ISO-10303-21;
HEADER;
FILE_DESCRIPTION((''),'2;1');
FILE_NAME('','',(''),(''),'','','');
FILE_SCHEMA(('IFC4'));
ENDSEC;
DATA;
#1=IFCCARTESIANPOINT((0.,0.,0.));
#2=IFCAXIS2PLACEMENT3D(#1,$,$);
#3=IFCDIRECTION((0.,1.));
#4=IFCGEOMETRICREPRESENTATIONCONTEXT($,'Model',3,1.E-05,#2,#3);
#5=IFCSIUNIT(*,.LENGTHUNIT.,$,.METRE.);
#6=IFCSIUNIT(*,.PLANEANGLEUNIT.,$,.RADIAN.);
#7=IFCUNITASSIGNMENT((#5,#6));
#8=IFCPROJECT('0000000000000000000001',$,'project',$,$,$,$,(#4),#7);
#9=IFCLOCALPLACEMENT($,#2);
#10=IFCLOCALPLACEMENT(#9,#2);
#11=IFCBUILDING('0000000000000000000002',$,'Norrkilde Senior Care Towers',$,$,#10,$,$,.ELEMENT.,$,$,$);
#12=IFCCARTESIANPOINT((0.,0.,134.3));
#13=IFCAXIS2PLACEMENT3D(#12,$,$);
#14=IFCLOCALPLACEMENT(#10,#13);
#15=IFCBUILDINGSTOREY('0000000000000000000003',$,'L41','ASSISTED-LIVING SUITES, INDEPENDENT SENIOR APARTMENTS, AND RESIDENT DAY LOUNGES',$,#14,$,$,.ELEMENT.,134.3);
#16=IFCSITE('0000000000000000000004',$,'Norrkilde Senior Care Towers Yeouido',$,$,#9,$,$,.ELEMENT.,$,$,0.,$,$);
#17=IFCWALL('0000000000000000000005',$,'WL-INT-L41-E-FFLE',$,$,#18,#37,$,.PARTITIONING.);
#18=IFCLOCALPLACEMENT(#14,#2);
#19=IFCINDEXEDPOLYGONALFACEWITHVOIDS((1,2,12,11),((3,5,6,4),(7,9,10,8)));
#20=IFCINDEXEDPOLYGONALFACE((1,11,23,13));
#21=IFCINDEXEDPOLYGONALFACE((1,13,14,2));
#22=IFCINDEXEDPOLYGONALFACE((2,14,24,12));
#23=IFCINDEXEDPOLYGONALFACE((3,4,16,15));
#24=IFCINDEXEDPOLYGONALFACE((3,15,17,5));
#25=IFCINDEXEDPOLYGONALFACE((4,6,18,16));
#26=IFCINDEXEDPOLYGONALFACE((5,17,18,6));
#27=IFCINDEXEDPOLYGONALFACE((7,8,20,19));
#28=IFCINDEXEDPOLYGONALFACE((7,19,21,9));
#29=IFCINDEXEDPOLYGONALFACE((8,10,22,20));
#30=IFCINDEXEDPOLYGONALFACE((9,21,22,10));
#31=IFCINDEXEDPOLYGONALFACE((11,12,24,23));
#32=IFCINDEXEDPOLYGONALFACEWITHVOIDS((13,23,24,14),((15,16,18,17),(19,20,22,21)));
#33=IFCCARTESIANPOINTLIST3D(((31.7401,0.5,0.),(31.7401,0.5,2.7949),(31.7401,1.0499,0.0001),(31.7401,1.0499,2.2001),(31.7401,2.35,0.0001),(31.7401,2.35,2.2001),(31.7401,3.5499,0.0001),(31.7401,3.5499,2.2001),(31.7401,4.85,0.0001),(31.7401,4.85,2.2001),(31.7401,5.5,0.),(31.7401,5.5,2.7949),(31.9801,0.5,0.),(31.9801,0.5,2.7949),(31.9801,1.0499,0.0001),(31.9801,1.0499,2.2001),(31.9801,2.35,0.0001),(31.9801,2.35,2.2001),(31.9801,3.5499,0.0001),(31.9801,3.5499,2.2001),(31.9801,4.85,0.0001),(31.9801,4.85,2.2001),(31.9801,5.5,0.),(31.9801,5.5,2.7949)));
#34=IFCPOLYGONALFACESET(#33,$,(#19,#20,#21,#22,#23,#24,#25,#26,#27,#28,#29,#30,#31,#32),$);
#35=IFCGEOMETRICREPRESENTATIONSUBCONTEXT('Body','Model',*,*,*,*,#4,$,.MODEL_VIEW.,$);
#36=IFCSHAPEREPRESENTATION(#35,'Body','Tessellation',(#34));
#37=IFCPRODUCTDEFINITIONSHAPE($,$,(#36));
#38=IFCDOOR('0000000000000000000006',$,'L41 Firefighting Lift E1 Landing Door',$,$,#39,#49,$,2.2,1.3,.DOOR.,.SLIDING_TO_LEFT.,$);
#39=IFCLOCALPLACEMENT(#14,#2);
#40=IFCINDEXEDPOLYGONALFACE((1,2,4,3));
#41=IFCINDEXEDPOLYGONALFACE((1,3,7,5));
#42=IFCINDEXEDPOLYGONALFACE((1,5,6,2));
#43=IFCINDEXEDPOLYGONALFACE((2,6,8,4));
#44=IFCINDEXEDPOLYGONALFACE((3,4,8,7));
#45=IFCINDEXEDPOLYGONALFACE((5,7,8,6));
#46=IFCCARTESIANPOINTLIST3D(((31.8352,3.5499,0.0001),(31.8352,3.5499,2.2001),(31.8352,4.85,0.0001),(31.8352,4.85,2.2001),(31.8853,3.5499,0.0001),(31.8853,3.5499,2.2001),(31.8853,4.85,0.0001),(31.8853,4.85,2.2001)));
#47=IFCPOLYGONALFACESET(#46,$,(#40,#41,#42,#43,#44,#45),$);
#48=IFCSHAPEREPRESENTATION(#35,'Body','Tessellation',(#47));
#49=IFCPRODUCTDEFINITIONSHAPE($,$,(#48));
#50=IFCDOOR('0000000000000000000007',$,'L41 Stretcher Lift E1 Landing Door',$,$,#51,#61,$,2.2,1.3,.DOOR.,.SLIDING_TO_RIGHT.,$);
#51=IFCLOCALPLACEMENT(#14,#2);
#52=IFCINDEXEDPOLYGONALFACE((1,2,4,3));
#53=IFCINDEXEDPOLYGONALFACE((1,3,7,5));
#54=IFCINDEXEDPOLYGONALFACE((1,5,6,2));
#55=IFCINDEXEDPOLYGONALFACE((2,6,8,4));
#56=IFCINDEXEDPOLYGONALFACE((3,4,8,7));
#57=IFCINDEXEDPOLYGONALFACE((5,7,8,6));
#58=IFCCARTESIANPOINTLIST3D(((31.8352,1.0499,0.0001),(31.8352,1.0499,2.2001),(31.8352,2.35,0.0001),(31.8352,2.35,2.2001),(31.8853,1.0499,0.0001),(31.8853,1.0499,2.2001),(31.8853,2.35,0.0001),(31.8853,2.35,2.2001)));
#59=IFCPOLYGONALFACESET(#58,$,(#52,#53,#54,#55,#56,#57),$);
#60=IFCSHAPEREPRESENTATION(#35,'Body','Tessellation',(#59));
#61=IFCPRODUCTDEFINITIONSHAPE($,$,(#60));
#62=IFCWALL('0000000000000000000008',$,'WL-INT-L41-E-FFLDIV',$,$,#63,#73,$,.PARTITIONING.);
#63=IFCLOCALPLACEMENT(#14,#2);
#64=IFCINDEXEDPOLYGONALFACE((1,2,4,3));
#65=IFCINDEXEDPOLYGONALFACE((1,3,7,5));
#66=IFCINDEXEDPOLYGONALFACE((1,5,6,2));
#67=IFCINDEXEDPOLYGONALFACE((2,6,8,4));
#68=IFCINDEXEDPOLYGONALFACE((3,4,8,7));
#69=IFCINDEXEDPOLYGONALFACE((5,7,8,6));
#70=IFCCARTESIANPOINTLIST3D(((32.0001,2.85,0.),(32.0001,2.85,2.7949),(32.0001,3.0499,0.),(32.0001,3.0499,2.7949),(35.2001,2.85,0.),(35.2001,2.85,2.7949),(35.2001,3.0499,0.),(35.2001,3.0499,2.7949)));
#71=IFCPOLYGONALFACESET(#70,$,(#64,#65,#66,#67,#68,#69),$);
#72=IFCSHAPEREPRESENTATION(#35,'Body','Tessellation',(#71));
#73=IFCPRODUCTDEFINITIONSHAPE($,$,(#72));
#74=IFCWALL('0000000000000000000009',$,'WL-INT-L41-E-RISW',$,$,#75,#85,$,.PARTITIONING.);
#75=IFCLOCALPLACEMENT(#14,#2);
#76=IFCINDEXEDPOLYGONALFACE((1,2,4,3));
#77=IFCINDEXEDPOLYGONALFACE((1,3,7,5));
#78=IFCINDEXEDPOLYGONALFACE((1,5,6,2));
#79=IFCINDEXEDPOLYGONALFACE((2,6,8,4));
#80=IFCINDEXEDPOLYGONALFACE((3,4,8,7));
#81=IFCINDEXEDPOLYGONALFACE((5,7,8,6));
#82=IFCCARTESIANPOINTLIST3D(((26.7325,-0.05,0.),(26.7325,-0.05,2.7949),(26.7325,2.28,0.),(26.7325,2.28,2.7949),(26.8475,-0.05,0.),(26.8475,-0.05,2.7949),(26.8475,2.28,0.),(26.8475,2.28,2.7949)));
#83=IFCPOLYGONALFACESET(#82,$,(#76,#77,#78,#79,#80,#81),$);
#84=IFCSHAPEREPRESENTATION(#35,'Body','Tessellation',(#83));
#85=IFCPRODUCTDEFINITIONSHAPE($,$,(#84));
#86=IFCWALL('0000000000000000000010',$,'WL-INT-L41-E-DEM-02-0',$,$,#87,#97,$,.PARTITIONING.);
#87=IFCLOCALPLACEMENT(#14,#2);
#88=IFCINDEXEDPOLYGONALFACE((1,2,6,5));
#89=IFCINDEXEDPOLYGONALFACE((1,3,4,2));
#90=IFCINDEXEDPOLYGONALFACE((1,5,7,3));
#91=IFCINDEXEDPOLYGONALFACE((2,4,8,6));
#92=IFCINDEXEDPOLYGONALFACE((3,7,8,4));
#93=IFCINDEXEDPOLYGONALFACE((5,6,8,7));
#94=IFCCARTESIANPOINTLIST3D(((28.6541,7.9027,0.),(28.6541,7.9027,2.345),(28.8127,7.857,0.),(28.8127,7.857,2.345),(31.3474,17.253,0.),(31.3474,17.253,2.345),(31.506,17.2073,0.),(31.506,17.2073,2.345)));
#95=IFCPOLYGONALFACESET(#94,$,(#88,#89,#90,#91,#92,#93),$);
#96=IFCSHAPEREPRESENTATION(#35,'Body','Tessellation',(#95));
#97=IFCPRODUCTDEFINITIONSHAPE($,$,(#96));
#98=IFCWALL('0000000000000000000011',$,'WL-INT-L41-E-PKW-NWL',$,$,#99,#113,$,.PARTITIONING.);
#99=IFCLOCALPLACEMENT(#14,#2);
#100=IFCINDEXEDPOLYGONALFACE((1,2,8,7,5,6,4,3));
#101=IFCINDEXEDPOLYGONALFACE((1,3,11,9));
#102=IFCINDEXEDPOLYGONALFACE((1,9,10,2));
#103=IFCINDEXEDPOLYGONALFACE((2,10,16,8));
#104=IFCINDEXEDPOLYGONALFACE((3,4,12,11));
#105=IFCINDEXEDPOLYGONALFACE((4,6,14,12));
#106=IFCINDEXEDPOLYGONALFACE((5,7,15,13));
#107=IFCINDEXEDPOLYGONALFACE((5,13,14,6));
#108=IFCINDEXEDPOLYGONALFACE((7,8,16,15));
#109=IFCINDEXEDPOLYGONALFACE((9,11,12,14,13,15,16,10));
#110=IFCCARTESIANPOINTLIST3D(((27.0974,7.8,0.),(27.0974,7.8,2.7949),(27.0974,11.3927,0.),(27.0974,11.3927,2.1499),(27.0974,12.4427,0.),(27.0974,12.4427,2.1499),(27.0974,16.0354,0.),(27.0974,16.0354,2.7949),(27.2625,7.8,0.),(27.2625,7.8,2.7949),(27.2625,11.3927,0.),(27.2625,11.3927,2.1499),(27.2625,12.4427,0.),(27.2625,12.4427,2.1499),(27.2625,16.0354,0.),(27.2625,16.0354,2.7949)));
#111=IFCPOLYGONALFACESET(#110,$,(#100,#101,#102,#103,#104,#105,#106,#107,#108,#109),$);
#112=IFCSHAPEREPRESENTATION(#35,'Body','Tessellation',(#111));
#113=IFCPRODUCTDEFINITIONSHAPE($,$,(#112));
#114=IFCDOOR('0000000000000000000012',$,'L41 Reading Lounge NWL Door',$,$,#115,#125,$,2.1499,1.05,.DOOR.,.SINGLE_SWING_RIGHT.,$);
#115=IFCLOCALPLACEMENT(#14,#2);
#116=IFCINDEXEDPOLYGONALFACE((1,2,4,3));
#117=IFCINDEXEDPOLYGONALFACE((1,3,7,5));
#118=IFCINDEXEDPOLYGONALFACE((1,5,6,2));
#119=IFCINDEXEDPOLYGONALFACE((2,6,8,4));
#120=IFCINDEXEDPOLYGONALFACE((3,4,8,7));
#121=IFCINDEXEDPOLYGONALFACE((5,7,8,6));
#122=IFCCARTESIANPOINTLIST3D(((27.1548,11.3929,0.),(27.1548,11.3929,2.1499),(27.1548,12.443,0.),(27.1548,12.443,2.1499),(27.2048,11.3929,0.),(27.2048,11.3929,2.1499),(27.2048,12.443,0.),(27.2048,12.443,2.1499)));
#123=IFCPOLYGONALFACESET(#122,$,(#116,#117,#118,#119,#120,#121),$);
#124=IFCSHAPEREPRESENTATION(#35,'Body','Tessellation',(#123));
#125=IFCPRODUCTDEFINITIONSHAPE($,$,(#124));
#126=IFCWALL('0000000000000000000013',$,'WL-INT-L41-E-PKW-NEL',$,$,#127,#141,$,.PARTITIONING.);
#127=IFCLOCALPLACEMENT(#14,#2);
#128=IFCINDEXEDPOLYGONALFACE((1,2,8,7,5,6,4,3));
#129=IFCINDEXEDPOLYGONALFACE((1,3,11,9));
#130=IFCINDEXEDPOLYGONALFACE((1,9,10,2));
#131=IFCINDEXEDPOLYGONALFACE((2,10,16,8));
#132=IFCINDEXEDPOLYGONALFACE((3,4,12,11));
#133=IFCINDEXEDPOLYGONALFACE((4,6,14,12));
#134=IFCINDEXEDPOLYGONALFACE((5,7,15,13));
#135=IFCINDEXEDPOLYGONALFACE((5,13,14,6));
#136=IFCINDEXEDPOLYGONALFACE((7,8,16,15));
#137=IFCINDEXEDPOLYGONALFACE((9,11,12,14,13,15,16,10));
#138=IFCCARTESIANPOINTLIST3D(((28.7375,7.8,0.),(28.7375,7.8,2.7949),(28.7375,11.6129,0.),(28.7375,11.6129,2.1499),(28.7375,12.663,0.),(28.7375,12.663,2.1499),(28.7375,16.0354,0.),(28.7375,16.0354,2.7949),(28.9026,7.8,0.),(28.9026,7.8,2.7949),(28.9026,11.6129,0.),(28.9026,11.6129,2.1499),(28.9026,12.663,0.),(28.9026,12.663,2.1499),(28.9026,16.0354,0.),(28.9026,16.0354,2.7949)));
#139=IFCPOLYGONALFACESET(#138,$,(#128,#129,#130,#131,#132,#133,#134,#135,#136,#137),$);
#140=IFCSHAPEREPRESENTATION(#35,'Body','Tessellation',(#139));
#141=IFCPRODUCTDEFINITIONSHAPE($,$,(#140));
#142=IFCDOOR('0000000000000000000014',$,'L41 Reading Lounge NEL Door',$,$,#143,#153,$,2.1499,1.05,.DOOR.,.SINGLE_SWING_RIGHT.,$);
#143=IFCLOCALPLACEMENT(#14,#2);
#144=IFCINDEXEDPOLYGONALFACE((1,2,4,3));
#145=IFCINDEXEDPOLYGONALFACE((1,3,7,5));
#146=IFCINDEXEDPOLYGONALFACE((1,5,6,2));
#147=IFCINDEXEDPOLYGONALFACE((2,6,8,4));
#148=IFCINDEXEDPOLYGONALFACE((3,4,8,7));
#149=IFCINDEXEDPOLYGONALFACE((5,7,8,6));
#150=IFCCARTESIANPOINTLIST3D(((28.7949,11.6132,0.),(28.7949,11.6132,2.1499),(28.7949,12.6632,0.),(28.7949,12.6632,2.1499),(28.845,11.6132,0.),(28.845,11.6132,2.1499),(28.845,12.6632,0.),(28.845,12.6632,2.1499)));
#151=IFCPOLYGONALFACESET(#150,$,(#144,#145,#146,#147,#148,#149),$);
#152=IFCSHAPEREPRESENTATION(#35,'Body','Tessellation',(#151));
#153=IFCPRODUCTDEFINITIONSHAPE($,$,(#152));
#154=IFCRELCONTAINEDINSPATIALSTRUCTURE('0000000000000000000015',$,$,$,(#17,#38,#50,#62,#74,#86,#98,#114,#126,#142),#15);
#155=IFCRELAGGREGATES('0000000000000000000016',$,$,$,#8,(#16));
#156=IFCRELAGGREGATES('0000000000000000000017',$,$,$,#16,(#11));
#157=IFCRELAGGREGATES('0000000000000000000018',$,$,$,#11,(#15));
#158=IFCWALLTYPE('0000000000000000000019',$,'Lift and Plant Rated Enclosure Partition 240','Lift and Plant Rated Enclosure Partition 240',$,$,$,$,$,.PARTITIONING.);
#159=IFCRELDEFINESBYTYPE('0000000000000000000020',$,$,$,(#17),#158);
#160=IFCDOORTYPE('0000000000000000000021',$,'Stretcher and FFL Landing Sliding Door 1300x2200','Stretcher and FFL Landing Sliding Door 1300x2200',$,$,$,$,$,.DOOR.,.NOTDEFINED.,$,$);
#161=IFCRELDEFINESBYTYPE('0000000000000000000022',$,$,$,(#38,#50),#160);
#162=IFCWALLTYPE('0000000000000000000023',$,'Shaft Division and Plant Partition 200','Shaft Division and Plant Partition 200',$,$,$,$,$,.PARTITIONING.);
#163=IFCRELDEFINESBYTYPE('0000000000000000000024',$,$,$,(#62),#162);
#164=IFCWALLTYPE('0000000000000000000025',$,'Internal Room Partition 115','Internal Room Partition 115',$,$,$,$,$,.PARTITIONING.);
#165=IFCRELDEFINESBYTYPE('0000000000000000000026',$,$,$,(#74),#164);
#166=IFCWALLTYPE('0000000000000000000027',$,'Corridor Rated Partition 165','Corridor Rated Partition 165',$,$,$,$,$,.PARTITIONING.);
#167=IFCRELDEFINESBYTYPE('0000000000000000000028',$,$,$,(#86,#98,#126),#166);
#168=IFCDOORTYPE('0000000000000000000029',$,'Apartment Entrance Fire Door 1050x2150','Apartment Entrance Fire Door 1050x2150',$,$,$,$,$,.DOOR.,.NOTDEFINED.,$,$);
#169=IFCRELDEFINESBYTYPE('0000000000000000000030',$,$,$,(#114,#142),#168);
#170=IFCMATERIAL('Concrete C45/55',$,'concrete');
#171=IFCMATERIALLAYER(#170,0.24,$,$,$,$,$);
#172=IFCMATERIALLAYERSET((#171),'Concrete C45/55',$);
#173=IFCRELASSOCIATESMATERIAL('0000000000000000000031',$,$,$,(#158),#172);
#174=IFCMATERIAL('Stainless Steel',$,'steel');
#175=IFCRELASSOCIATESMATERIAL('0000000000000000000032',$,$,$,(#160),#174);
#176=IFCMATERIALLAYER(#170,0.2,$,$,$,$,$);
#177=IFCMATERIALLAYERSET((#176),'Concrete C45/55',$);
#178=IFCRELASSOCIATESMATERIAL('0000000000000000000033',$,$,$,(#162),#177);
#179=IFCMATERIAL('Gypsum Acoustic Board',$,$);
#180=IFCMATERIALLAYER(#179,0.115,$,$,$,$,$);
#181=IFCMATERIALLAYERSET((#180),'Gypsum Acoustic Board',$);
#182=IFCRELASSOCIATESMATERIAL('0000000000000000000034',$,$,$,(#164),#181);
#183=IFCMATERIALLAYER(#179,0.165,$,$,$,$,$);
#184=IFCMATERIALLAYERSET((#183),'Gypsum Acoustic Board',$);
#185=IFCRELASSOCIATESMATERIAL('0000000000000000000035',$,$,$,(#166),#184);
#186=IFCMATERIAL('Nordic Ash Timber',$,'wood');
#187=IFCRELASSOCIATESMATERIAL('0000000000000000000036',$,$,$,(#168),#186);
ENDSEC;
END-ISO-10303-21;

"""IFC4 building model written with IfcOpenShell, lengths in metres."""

from ifc_helpers import new_model, si_unit, direction, frame, frame_2d, origin, place, context, subcontext, project, spatial, rectangle, extrude, source, transform, mapped, material, layer, layer_set, type_object, type_shapes, element, fill, save


model = new_model("IFC4")

# Units and contexts
model_context = context("Model", 3, precision=1e-05, world=origin(), true_north=direction((0.0, 1.0)))
body_context = subcontext(model_context, "Body", "Model", "MODEL_VIEW")
ifc_project = project(units=[si_unit("LENGTHUNIT", "METRE"), si_unit("PLANEANGLEUNIT", "RADIAN")], contexts=[model_context])

# Site, building, storey
site_placement = place(None, origin())
site = spatial("IfcSite", under=ifc_project, at=site_placement, Name="Norrkilde Senior Care Towers Yeouido", CompositionType="ELEMENT", RefElevation=0.0)
building_placement = place(site_placement, origin())
building = spatial("IfcBuilding", under=site, at=building_placement, Name="Norrkilde Senior Care Towers", CompositionType="ELEMENT")
storey_placement = place(building_placement, frame((0.0, 0.0, 134.3)))
storey = spatial("IfcBuildingStorey", under=building, at=storey_placement, Name="L41", Description="ASSISTED-LIVING SUITES, INDEPENDENT SENIOR APARTMENTS, AND RESIDENT DAY LOUNGES", CompositionType="ELEMENT", Elevation=134.3)

# Shared definitions
ifc_material_1 = material(Name="Concrete C45/55", Category="concrete")

# Wall, openings, doors
ifc_layer_1 = layer(ifc_material_1, 0.24)
ifc_layer_set_1 = layer_set([ifc_layer_1], Name="Concrete C45/55")
wall_type_1 = type_object("IfcWallType", Name="Lift and Plant Rated Enclosure Partition 240", Description="Lift and Plant Rated Enclosure Partition 240", PredefinedType="PARTITIONING", material=ifc_layer_set_1)
shared_shape_1 = source(origin(), body_context, "Body", "SweptSolid", [
    extrude(rectangle(XDim=5.0, YDim=0.24, at=frame_2d((2.5, 0.0))), origin(), (0.0, 0.0, 1.0), 2.7949),
])
type_shapes(wall_type_1, [shared_shape_1])
wall_1_placement = place(storey_placement, frame((31.8601, 0.5, 0.0), z_axis=(0.0, 0.0, 1.0), x_axis=(0.0, 1.0, 0.0)))
wall_1 = element("IfcWall", 1, at=wall_1_placement, inside=storey, type_object=wall_type_1, Name="WL-INT-L41-E-FFLE", PredefinedType="PARTITIONING", context=body_context, shape_type="MappedRepresentation", body=[
    mapped(shared_shape_1, transform((0.0, 0.0, 0.0), x_axis=(1.0, 0.0, 0.0), y_axis=(0.0, 1.0, 0.0), z_axis=(0.0, 0.0, 1.0), scale=1.0)),
])
opening_1_placement = place(wall_1_placement, frame((3.05, 0.0, 0.0)))
opening_1 = element("IfcOpeningElement", 2, at=opening_1_placement, cuts=wall_1, PredefinedType="OPENING", context=body_context, shape_type="SweptSolid", body=[
    extrude(rectangle(XDim=1.3, YDim=2.2, at=frame_2d((0.6499, 1.1001))), frame((0.0, 0.1299, 0.0), z_axis=(0.0, -1.0, 0.0), x_axis=(1.0, 0.0, 0.0)), (0.0, 0.0, 1.0), 0.26),
])
opening_2_placement = place(wall_1_placement, frame((0.55, 0.0, 0.0)))
opening_2 = element("IfcOpeningElement", 3, at=opening_2_placement, cuts=wall_1, PredefinedType="OPENING", context=body_context, shape_type="SweptSolid", body=[
    extrude(rectangle(XDim=1.3, YDim=2.2, at=frame_2d((0.6499, 1.1001))), frame((0.0, 0.1299, 0.0), z_axis=(0.0, -1.0, 0.0), x_axis=(1.0, 0.0, 0.0)), (0.0, 0.0, 1.0), 0.26),
])
ifc_material_2 = material(Name="Stainless Steel", Category="steel")
door_type_1 = type_object("IfcDoorType", Name="Stretcher and FFL Landing Sliding Door 1300x2200", Description="Stretcher and FFL Landing Sliding Door 1300x2200", OperationType="NOTDEFINED", PredefinedType="DOOR", material=ifc_material_2)
shared_shape_2 = source(origin(), body_context, "Body", "SweptSolid", [
    extrude(rectangle(XDim=1.3, YDim=2.2, at=frame_2d((0.6499, 1.1001))), frame((0.0, 0.0249, 0.0), z_axis=(0.0, -1.0, 0.0), x_axis=(1.0, 0.0, 0.0)), (0.0, 0.0, 1.0), 0.05),
])
type_shapes(door_type_1, [shared_shape_2])
door_1_placement = place(opening_1_placement, origin())
door_1 = element("IfcDoor", 4, at=door_1_placement, inside=storey, type_object=door_type_1, Name="L41 Firefighting Lift E1 Landing Door", OperationType="SLIDING_TO_LEFT", OverallHeight=2.2, OverallWidth=1.3, PredefinedType="DOOR", context=body_context, shape_type="MappedRepresentation", body=[
    mapped(shared_shape_2, transform((0.0, 0.0, 0.0), x_axis=(1.0, 0.0, 0.0), y_axis=(0.0, 1.0, 0.0), z_axis=(0.0, 0.0, 1.0), scale=1.0)),
])
fill(opening_1, door_1)
door_2_placement = place(opening_2_placement, origin())
door_2 = element("IfcDoor", 5, at=door_2_placement, inside=storey, type_object=door_type_1, Name="L41 Stretcher Lift E1 Landing Door", OperationType="SLIDING_TO_RIGHT", OverallHeight=2.2, OverallWidth=1.3, PredefinedType="DOOR", context=body_context, shape_type="MappedRepresentation", body=[
    mapped(shared_shape_2, transform((0.0, 0.0, 0.0), x_axis=(1.0, 0.0, 0.0), y_axis=(0.0, 1.0, 0.0), z_axis=(0.0, 0.0, 1.0), scale=1.0)),
])
fill(opening_2, door_2)

# Wall
ifc_layer_2 = layer(ifc_material_1, 0.2)
ifc_layer_set_2 = layer_set([ifc_layer_2], Name="Concrete C45/55")
wall_type_2 = type_object("IfcWallType", Name="Shaft Division and Plant Partition 200", Description="Shaft Division and Plant Partition 200", PredefinedType="PARTITIONING", material=ifc_layer_set_2)
shared_shape_3 = source(origin(), body_context, "Body", "SweptSolid", [
    extrude(rectangle(XDim=3.2, YDim=0.2, at=frame_2d((1.6001, 0.0))), origin(), (0.0, 0.0, 1.0), 2.7949),
])
type_shapes(wall_type_2, [shared_shape_3])
wall_2_placement = place(storey_placement, frame((32.0, 2.95, 0.0), z_axis=(0.0, 0.0, 1.0), x_axis=(1.0, 0.0, 0.0)))
element("IfcWall", 6, at=wall_2_placement, inside=storey, type_object=wall_type_2, Name="WL-INT-L41-E-FFLDIV", PredefinedType="PARTITIONING", context=body_context, shape_type="MappedRepresentation", body=[
    mapped(shared_shape_3, transform((0.0, 0.0, 0.0), x_axis=(1.0, 0.0, 0.0), y_axis=(0.0, 1.0, 0.0), z_axis=(0.0, 0.0, 1.0), scale=1.0)),
])

# Walls
ifc_material_3 = material(Name="Gypsum Acoustic Board")
ifc_layer_3 = layer(ifc_material_3, 0.115)
ifc_layer_set_3 = layer_set([ifc_layer_3], Name="Gypsum Acoustic Board")
wall_type_3 = type_object("IfcWallType", Name="Internal Room Partition 115", Description="Internal Room Partition 115", PredefinedType="PARTITIONING", material=ifc_layer_set_3)
shared_shape_4 = source(origin(), body_context, "Body", "SweptSolid", [
    extrude(rectangle(XDim=2.3301, YDim=0.115, at=frame_2d((1.165, 0.0))), origin(), (0.0, 0.0, 1.0), 2.7949),
])
type_shapes(wall_type_3, [shared_shape_4])
wall_3_placement = place(storey_placement, frame((26.79, -0.05, 0.0), z_axis=(0.0, 0.0, 1.0), x_axis=(0.0, 1.0, 0.0)))
element("IfcWall", 7, at=wall_3_placement, inside=storey, type_object=wall_type_3, Name="WL-INT-L41-E-RISW", PredefinedType="PARTITIONING", context=body_context, shape_type="MappedRepresentation", body=[
    mapped(shared_shape_4, transform((0.0, 0.0, 0.0), x_axis=(1.0, 0.0, 0.0), y_axis=(0.0, 1.0, 0.0), z_axis=(0.0, 0.0, 1.0), scale=1.0)),
])
ifc_layer_4 = layer(ifc_material_3, 0.165)
ifc_layer_set_4 = layer_set([ifc_layer_4], Name="Gypsum Acoustic Board")
wall_type_4 = type_object("IfcWallType", Name="Corridor Rated Partition 165", Description="Corridor Rated Partition 165", PredefinedType="PARTITIONING", material=ifc_layer_set_4)
shared_shape_5 = source(origin(), body_context, "Body", "SweptSolid", [
    extrude(rectangle(XDim=9.7305, YDim=0.165, at=frame_2d((4.8652, 0.0))), origin(), (0.0, 0.0, 1.0), 2.345),
])
wall_4_placement = place(storey_placement, frame((28.7334, 7.8799, 0.0), z_axis=(0.0, 0.0, 1.0), x_axis=(0.276795, 0.960929, 0.0)))
element("IfcWall", 8, at=wall_4_placement, inside=storey, type_object=wall_type_4, Name="WL-INT-L41-E-DEM-02-0", PredefinedType="PARTITIONING", context=body_context, shape_type="MappedRepresentation", body=[
    mapped(shared_shape_5, transform((0.0, 0.0, 0.0), x_axis=(1.0, 0.0, 0.0), y_axis=(0.0, 1.0, 0.0), z_axis=(0.0, 0.0, 1.0), scale=1.0)),
])

# Walls, openings, doors
shared_shape_6 = source(origin(), body_context, "Body", "SweptSolid", [
    extrude(rectangle(XDim=8.2354, YDim=0.165, at=frame_2d((4.1177, 0.0))), origin(), (0.0, 0.0, 1.0), 2.7949),
])
wall_5_placement = place(storey_placement, frame((27.1799, 7.8, 0.0), z_axis=(0.0, 0.0, 1.0), x_axis=(0.0, 1.0, 0.0)))
wall_5 = element("IfcWall", 9, at=wall_5_placement, inside=storey, type_object=wall_type_4, Name="WL-INT-L41-E-PKW-NWL", PredefinedType="PARTITIONING", context=body_context, shape_type="MappedRepresentation", body=[
    mapped(shared_shape_6, transform((0.0, 0.0, 0.0), x_axis=(1.0, 0.0, 0.0), y_axis=(0.0, 1.0, 0.0), z_axis=(0.0, 0.0, 1.0), scale=1.0)),
])
opening_3_placement = place(wall_5_placement, frame((3.5928, 0.0, 0.0)))
opening_3 = element("IfcOpeningElement", 10, at=opening_3_placement, cuts=wall_5, PredefinedType="OPENING", context=body_context, shape_type="SweptSolid", body=[
    extrude(rectangle(XDim=1.05, YDim=2.1499, at=frame_2d((0.5249, 1.075))), frame((0.0, 0.0925, 0.0), z_axis=(0.0, -1.0, 0.0), x_axis=(1.0, 0.0, 0.0)), (0.0, 0.0, 1.0), 0.1851),
])
ifc_material_4 = material(Name="Nordic Ash Timber", Category="wood")
door_type_2 = type_object("IfcDoorType", Name="Apartment Entrance Fire Door 1050x2150", Description="Apartment Entrance Fire Door 1050x2150", OperationType="NOTDEFINED", PredefinedType="DOOR", material=ifc_material_4)
shared_shape_7 = source(origin(), body_context, "Body", "SweptSolid", [
    extrude(rectangle(XDim=1.05, YDim=2.1499, at=frame_2d((0.5249, 1.075))), frame((0.0, 0.0249, 0.0), z_axis=(0.0, -1.0, 0.0), x_axis=(1.0, 0.0, 0.0)), (0.0, 0.0, 1.0), 0.05),
])
type_shapes(door_type_2, [shared_shape_7])
door_3_placement = place(opening_3_placement, frame((1.05, 0.0, 0.0), z_axis=(0.0, 0.0, 1.0), x_axis=(-1.0, 0.0, 0.0)))
door_3 = element("IfcDoor", 11, at=door_3_placement, inside=storey, type_object=door_type_2, Name="L41 Reading Lounge NWL Door", OperationType="SINGLE_SWING_RIGHT", OverallHeight=2.1499, OverallWidth=1.05, PredefinedType="DOOR", context=body_context, shape_type="MappedRepresentation", body=[
    mapped(shared_shape_7, transform((0.0, 0.0, 0.0), x_axis=(1.0, 0.0, 0.0), y_axis=(0.0, 1.0, 0.0), z_axis=(0.0, 0.0, 1.0), scale=1.0)),
])
fill(opening_3, door_3)
wall_6_placement = place(storey_placement, frame((28.8201, 7.8, 0.0), z_axis=(0.0, 0.0, 1.0), x_axis=(0.0, 1.0, 0.0)))
wall_6 = element("IfcWall", 12, at=wall_6_placement, inside=storey, type_object=wall_type_4, Name="WL-INT-L41-E-PKW-NEL", PredefinedType="PARTITIONING", context=body_context, shape_type="MappedRepresentation", body=[
    mapped(shared_shape_6, transform((0.0, 0.0, 0.0), x_axis=(1.0, 0.0, 0.0), y_axis=(0.0, 1.0, 0.0), z_axis=(0.0, 0.0, 1.0), scale=1.0)),
])
opening_4_placement = place(wall_6_placement, frame((3.813, 0.0, 0.0)))
opening_4 = element("IfcOpeningElement", 13, at=opening_4_placement, cuts=wall_6, PredefinedType="OPENING", context=body_context, shape_type="SweptSolid", body=[
    extrude(rectangle(XDim=1.05, YDim=2.1499, at=frame_2d((0.5249, 1.075))), frame((0.0, 0.0925, 0.0), z_axis=(0.0, -1.0, 0.0), x_axis=(1.0, 0.0, 0.0)), (0.0, 0.0, 1.0), 0.1851),
])
door_4_placement = place(opening_4_placement, frame((1.05, 0.0, 0.0), z_axis=(0.0, 0.0, 1.0), x_axis=(-1.0, 0.0, 0.0)))
door_4 = element("IfcDoor", 14, at=door_4_placement, inside=storey, type_object=door_type_2, Name="L41 Reading Lounge NEL Door", OperationType="SINGLE_SWING_RIGHT", OverallHeight=2.1499, OverallWidth=1.05, PredefinedType="DOOR", context=body_context, shape_type="MappedRepresentation", body=[
    mapped(shared_shape_7, transform((0.0, 0.0, 0.0), x_axis=(1.0, 0.0, 0.0), y_axis=(0.0, 1.0, 0.0), z_axis=(0.0, 0.0, 1.0), scale=1.0)),
])
fill(opening_4, door_4)

save(model, "model.ifc")
